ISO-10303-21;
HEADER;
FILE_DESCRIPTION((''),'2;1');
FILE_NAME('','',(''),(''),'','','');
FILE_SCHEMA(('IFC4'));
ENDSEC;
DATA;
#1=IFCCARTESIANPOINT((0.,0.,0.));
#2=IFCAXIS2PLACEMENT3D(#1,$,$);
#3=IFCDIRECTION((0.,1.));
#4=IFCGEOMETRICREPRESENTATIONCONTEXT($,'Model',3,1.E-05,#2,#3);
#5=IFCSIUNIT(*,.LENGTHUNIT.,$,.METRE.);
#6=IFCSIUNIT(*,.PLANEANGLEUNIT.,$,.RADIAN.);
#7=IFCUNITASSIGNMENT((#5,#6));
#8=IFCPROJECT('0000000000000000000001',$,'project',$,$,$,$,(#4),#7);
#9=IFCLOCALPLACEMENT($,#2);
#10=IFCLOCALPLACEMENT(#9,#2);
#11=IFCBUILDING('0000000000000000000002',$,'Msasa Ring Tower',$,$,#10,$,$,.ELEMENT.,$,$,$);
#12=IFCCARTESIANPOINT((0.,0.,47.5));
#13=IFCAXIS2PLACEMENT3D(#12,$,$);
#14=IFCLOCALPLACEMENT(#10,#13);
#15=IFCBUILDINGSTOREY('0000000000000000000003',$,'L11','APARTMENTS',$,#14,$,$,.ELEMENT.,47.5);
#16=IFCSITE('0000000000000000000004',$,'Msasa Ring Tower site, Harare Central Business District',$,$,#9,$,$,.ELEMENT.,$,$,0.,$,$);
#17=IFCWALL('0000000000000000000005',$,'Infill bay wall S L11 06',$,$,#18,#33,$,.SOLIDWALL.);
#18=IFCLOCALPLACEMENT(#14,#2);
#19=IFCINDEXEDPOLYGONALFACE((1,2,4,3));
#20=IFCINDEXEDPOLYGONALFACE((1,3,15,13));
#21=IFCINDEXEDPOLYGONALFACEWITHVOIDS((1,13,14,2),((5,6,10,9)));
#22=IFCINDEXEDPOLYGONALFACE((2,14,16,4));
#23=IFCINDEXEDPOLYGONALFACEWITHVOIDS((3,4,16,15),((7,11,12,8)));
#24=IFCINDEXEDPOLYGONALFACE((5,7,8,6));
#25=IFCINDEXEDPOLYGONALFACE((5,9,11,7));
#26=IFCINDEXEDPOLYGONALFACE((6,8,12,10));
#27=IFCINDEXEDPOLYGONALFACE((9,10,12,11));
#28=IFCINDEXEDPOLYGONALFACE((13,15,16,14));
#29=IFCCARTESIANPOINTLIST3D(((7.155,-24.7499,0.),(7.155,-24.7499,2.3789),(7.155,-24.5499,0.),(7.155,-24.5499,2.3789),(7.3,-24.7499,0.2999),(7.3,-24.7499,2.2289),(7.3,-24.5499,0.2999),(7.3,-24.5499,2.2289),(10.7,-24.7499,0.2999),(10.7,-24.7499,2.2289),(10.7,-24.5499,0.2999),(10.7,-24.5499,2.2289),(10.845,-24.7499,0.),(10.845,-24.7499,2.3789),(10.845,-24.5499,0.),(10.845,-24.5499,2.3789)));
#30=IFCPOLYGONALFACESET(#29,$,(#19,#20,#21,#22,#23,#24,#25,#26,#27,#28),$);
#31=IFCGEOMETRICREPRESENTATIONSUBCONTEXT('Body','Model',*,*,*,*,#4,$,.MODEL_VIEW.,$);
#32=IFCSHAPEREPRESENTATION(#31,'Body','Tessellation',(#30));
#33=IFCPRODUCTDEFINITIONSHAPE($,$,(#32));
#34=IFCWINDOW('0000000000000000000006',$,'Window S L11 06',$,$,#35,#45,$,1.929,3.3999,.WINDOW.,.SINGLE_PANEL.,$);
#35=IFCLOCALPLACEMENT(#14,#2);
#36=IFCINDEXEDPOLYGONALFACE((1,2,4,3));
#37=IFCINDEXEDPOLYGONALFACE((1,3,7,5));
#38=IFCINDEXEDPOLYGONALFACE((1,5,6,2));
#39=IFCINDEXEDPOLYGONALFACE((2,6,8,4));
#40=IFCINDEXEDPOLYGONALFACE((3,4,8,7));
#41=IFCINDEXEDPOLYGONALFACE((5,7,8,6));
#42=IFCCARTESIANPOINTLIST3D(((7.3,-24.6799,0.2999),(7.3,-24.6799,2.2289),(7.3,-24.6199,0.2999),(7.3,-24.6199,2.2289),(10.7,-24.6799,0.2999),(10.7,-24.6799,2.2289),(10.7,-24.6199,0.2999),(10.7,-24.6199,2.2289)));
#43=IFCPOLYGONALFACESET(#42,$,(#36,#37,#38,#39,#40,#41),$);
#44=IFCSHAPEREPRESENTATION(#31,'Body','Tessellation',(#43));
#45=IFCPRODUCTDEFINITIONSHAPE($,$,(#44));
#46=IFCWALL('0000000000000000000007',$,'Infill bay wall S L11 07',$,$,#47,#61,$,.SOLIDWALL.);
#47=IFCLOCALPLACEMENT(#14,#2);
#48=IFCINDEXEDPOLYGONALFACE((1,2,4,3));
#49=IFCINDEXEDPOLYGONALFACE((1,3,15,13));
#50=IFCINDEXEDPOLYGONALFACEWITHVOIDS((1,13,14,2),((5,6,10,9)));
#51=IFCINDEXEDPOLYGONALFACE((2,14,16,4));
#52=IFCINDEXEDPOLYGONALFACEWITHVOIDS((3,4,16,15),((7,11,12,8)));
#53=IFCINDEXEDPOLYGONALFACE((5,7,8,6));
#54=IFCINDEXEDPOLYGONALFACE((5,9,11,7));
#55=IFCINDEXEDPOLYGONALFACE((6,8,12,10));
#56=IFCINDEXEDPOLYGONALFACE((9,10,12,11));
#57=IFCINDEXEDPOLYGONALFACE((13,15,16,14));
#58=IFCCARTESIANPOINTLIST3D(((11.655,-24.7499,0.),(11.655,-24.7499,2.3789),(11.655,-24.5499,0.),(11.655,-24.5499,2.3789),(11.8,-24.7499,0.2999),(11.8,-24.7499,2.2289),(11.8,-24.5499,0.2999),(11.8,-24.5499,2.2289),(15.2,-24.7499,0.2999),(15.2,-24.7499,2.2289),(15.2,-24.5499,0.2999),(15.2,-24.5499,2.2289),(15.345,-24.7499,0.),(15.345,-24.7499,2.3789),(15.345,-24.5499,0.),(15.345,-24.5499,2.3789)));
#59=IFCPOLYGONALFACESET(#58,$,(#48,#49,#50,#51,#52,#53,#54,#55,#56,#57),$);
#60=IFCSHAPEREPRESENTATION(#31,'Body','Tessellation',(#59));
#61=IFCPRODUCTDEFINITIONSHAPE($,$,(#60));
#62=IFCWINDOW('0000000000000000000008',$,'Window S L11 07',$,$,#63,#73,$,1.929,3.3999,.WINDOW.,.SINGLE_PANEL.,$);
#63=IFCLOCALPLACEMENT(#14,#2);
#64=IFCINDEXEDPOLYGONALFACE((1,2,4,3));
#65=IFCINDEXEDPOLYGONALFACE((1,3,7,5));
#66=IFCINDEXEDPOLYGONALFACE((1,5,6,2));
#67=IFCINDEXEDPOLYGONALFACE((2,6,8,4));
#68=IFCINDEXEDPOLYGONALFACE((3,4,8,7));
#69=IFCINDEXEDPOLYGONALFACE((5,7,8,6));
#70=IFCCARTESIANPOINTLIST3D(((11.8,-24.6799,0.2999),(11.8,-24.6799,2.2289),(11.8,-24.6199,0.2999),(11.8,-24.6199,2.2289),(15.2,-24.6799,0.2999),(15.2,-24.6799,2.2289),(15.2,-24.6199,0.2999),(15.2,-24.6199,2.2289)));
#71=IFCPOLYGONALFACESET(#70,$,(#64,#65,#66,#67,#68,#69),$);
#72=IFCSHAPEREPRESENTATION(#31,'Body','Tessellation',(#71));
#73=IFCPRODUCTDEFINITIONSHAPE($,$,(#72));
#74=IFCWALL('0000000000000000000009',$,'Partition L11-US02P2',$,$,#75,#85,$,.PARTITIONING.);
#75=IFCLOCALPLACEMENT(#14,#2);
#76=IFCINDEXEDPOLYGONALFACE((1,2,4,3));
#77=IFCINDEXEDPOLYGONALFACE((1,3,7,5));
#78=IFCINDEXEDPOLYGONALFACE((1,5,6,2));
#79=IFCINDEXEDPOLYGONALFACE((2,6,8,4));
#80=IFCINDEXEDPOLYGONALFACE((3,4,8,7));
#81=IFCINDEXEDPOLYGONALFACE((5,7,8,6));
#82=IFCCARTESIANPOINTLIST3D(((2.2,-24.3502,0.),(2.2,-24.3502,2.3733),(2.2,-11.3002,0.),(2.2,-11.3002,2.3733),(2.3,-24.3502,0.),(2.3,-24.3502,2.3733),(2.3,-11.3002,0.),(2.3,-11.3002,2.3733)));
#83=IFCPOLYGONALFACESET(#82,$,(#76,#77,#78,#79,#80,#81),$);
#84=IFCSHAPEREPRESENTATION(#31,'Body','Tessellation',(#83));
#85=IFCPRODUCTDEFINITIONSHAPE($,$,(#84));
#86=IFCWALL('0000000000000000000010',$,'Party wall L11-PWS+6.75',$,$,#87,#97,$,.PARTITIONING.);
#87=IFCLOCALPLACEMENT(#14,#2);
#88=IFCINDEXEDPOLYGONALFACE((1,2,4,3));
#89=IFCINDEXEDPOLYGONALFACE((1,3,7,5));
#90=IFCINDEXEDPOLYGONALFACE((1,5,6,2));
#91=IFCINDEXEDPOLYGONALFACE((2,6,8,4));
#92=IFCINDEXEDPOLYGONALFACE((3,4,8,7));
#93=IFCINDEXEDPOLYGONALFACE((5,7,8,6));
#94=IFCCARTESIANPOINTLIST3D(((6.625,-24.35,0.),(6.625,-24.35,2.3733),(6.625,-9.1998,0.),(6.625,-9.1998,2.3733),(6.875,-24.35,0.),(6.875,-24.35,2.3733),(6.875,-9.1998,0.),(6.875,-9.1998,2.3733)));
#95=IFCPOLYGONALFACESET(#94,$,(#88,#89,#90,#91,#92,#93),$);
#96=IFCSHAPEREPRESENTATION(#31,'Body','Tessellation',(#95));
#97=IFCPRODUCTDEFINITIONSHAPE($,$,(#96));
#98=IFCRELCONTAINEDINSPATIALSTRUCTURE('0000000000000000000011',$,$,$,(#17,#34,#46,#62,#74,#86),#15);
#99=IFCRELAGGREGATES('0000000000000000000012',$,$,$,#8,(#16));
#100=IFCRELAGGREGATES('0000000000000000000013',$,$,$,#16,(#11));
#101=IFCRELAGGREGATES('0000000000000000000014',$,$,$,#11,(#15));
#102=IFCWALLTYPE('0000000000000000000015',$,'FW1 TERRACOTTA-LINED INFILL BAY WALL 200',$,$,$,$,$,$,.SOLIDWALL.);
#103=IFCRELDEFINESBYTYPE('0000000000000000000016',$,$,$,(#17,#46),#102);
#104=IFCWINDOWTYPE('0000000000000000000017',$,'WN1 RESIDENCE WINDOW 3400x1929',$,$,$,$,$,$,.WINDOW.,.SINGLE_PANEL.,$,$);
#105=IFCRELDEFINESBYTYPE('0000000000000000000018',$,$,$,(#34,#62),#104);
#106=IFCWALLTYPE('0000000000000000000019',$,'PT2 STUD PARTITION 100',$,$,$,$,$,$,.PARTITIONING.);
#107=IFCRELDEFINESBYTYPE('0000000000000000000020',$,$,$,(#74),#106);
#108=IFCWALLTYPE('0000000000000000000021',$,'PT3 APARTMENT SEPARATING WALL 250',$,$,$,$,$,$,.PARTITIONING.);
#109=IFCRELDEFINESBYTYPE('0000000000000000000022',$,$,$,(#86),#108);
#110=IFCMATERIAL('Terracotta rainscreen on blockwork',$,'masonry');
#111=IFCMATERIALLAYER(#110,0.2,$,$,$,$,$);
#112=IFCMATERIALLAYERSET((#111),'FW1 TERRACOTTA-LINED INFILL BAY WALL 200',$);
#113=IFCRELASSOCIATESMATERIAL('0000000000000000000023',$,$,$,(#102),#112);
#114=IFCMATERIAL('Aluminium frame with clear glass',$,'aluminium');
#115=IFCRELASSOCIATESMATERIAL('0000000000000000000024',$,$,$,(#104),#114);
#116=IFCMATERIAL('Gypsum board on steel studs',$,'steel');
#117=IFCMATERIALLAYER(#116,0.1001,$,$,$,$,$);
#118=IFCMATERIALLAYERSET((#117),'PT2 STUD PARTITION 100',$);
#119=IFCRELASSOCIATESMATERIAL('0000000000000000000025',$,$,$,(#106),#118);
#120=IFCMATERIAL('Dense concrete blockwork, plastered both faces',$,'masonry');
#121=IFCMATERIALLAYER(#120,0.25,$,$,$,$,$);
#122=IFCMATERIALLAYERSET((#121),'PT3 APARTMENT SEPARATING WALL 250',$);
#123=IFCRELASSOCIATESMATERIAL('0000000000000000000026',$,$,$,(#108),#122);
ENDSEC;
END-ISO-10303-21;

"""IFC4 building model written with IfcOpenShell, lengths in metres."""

from ifc_helpers import new_model, si_unit, direction, frame, frame_2d, origin, place, context, subcontext, project, spatial, rectangle, extrude, material, layer, layer_set, type_object, element, fill, save


model = new_model("IFC4")

# Units and contexts
model_context = context("Model", 3, precision=1e-05, world=origin(), true_north=direction((0.0, 1.0)))
body_context = subcontext(model_context, "Body", "Model", "MODEL_VIEW")
ifc_project = project(units=[si_unit("LENGTHUNIT", "METRE"), si_unit("PLANEANGLEUNIT", "RADIAN")], contexts=[model_context])

# Site, building, storey
site_placement = place(None, origin())
site = spatial("IfcSite", under=ifc_project, at=site_placement, Name="Msasa Ring Tower site, Harare Central Business District", CompositionType="ELEMENT", RefElevation=0.0)
building_placement = place(site_placement, origin())
building = spatial("IfcBuilding", under=site, at=building_placement, Name="Msasa Ring Tower", CompositionType="ELEMENT")
storey_placement = place(building_placement, frame((0.0, 0.0, 47.5)))
storey = spatial("IfcBuildingStorey", under=building, at=storey_placement, Name="L11", Description="APARTMENTS", CompositionType="ELEMENT", Elevation=47.5)

# Walls, openings, windows
ifc_material_1 = material(Name="Terracotta rainscreen on blockwork", Category="masonry")
ifc_layer_1 = layer(ifc_material_1, 0.2)
ifc_layer_set_1 = layer_set([ifc_layer_1], Name="FW1 TERRACOTTA-LINED INFILL BAY WALL 200")
wall_type_1 = type_object("IfcWallType", Name="FW1 TERRACOTTA-LINED INFILL BAY WALL 200", PredefinedType="SOLIDWALL", material=ifc_layer_set_1)
ifc_material_2 = material(Name="Aluminium frame with clear glass", Category="aluminium")
window_type = type_object("IfcWindowType", Name="WN1 RESIDENCE WINDOW 3400x1929", PartitioningType="SINGLE_PANEL", PredefinedType="WINDOW", material=ifc_material_2)
wall_1_placement = place(storey_placement, frame((7.155, -24.6499, 0.0), z_axis=(0.0, 0.0, 1.0), x_axis=(1.0, 0.0, 0.0)))
wall_1 = element("IfcWall", 1, at=wall_1_placement, inside=storey, type_object=wall_type_1, Name="Infill bay wall S L11 06", PredefinedType="SOLIDWALL", context=body_context, shape_type="SweptSolid", body=[
    extrude(rectangle(XDim=3.6899, YDim=0.2, at=frame_2d((1.845, 0.0))), origin(), (0.0, 0.0, 1.0), 2.3789),
])
opening_1_placement = place(wall_1_placement, frame((0.145, 0.0, 0.3)))
opening_1 = element("IfcOpeningElement", 2, at=opening_1_placement, cuts=wall_1, PredefinedType="OPENING", context=body_context, shape_type="SweptSolid", body=[
    extrude(rectangle(XDim=3.3999, YDim=1.929, at=frame_2d((1.7, 0.9644))), frame((0.0, 0.1099, 0.0), z_axis=(0.0, -1.0, 0.0), x_axis=(1.0, 0.0, 0.0)), (0.0, 0.0, 1.0), 0.22),
])
window_1_placement = place(opening_1_placement, origin())
window_1 = element("IfcWindow", 3, at=window_1_placement, inside=storey, type_object=window_type, Name="Window S L11 06", OverallHeight=1.929, OverallWidth=3.3999, PartitioningType="SINGLE_PANEL", PredefinedType="WINDOW", context=body_context, shape_type="SweptSolid", body=[
    extrude(rectangle(XDim=3.3999, YDim=1.929, at=frame_2d((1.7, 0.9644))), frame((0.0, 0.03, 0.0), z_axis=(0.0, -1.0, 0.0), x_axis=(1.0, 0.0, 0.0)), (0.0, 0.0, 1.0), 0.0601),
])
fill(opening_1, window_1)
wall_2_placement = place(storey_placement, frame((11.655, -24.6499, 0.0), z_axis=(0.0, 0.0, 1.0), x_axis=(1.0, 0.0, 0.0)))
wall_2 = element("IfcWall", 4, at=wall_2_placement, inside=storey, type_object=wall_type_1, Name="Infill bay wall S L11 07", PredefinedType="SOLIDWALL", context=body_context, shape_type="SweptSolid", body=[
    extrude(rectangle(XDim=3.6899, YDim=0.2, at=frame_2d((1.845, 0.0))), origin(), (0.0, 0.0, 1.0), 2.3789),
])
opening_2_placement = place(wall_2_placement, frame((0.145, 0.0, 0.3)))
opening_2 = element("IfcOpeningElement", 5, at=opening_2_placement, cuts=wall_2, PredefinedType="OPENING", context=body_context, shape_type="SweptSolid", body=[
    extrude(rectangle(XDim=3.3999, YDim=1.929, at=frame_2d((1.7, 0.9644))), frame((0.0, 0.1099, 0.0), z_axis=(0.0, -1.0, 0.0), x_axis=(1.0, 0.0, 0.0)), (0.0, 0.0, 1.0), 0.22),
])
window_2_placement = place(opening_2_placement, origin())
window_2 = element("IfcWindow", 6, at=window_2_placement, inside=storey, type_object=window_type, Name="Window S L11 07", OverallHeight=1.929, OverallWidth=3.3999, PartitioningType="SINGLE_PANEL", PredefinedType="WINDOW", context=body_context, shape_type="SweptSolid", body=[
    extrude(rectangle(XDim=3.3999, YDim=1.929, at=frame_2d((1.7, 0.9644))), frame((0.0, 0.03, 0.0), z_axis=(0.0, -1.0, 0.0), x_axis=(1.0, 0.0, 0.0)), (0.0, 0.0, 1.0), 0.0601),
])
fill(opening_2, window_2)

# Walls
ifc_material_3 = material(Name="Gypsum board on steel studs", Category="steel")
ifc_layer_2 = layer(ifc_material_3, 0.1001)
ifc_layer_set_2 = layer_set([ifc_layer_2], Name="PT2 STUD PARTITION 100")
wall_type_2 = type_object("IfcWallType", Name="PT2 STUD PARTITION 100", PredefinedType="PARTITIONING", material=ifc_layer_set_2)
wall_3_placement = place(storey_placement, frame((2.25, -24.3501, 0.0), z_axis=(0.0, 0.0, 1.0), x_axis=(0.0, 1.0, 0.0)))
element("IfcWall", 7, at=wall_3_placement, inside=storey, type_object=wall_type_2, Name="Partition L11-US02P2", PredefinedType="PARTITIONING", context=body_context, shape_type="SweptSolid", body=[
    extrude(rectangle(XDim=13.05, YDim=0.1001, at=frame_2d((6.5249, 0.0))), origin(), (0.0, 0.0, 1.0), 2.3733),
])
ifc_material_4 = material(Name="Dense concrete blockwork, plastered both faces", Category="masonry")
ifc_layer_3 = layer(ifc_material_4, 0.25)
ifc_layer_set_3 = layer_set([ifc_layer_3], Name="PT3 APARTMENT SEPARATING WALL 250")
wall_type_3 = type_object("IfcWallType", Name="PT3 APARTMENT SEPARATING WALL 250", PredefinedType="PARTITIONING", material=ifc_layer_set_3)
wall_4_placement = place(storey_placement, frame((6.75, -24.3501, 0.0), z_axis=(0.0, 0.0, 1.0), x_axis=(0.0, 1.0, 0.0)))
element("IfcWall", 8, at=wall_4_placement, inside=storey, type_object=wall_type_3, Name="Party wall L11-PWS+6.75", PredefinedType="PARTITIONING", context=body_context, shape_type="SweptSolid", body=[
    extrude(rectangle(XDim=15.1501, YDim=0.25, at=frame_2d((7.5752, 0.0))), origin(), (0.0, 0.0, 1.0), 2.3733),
])

save(model, "model.ifc")
